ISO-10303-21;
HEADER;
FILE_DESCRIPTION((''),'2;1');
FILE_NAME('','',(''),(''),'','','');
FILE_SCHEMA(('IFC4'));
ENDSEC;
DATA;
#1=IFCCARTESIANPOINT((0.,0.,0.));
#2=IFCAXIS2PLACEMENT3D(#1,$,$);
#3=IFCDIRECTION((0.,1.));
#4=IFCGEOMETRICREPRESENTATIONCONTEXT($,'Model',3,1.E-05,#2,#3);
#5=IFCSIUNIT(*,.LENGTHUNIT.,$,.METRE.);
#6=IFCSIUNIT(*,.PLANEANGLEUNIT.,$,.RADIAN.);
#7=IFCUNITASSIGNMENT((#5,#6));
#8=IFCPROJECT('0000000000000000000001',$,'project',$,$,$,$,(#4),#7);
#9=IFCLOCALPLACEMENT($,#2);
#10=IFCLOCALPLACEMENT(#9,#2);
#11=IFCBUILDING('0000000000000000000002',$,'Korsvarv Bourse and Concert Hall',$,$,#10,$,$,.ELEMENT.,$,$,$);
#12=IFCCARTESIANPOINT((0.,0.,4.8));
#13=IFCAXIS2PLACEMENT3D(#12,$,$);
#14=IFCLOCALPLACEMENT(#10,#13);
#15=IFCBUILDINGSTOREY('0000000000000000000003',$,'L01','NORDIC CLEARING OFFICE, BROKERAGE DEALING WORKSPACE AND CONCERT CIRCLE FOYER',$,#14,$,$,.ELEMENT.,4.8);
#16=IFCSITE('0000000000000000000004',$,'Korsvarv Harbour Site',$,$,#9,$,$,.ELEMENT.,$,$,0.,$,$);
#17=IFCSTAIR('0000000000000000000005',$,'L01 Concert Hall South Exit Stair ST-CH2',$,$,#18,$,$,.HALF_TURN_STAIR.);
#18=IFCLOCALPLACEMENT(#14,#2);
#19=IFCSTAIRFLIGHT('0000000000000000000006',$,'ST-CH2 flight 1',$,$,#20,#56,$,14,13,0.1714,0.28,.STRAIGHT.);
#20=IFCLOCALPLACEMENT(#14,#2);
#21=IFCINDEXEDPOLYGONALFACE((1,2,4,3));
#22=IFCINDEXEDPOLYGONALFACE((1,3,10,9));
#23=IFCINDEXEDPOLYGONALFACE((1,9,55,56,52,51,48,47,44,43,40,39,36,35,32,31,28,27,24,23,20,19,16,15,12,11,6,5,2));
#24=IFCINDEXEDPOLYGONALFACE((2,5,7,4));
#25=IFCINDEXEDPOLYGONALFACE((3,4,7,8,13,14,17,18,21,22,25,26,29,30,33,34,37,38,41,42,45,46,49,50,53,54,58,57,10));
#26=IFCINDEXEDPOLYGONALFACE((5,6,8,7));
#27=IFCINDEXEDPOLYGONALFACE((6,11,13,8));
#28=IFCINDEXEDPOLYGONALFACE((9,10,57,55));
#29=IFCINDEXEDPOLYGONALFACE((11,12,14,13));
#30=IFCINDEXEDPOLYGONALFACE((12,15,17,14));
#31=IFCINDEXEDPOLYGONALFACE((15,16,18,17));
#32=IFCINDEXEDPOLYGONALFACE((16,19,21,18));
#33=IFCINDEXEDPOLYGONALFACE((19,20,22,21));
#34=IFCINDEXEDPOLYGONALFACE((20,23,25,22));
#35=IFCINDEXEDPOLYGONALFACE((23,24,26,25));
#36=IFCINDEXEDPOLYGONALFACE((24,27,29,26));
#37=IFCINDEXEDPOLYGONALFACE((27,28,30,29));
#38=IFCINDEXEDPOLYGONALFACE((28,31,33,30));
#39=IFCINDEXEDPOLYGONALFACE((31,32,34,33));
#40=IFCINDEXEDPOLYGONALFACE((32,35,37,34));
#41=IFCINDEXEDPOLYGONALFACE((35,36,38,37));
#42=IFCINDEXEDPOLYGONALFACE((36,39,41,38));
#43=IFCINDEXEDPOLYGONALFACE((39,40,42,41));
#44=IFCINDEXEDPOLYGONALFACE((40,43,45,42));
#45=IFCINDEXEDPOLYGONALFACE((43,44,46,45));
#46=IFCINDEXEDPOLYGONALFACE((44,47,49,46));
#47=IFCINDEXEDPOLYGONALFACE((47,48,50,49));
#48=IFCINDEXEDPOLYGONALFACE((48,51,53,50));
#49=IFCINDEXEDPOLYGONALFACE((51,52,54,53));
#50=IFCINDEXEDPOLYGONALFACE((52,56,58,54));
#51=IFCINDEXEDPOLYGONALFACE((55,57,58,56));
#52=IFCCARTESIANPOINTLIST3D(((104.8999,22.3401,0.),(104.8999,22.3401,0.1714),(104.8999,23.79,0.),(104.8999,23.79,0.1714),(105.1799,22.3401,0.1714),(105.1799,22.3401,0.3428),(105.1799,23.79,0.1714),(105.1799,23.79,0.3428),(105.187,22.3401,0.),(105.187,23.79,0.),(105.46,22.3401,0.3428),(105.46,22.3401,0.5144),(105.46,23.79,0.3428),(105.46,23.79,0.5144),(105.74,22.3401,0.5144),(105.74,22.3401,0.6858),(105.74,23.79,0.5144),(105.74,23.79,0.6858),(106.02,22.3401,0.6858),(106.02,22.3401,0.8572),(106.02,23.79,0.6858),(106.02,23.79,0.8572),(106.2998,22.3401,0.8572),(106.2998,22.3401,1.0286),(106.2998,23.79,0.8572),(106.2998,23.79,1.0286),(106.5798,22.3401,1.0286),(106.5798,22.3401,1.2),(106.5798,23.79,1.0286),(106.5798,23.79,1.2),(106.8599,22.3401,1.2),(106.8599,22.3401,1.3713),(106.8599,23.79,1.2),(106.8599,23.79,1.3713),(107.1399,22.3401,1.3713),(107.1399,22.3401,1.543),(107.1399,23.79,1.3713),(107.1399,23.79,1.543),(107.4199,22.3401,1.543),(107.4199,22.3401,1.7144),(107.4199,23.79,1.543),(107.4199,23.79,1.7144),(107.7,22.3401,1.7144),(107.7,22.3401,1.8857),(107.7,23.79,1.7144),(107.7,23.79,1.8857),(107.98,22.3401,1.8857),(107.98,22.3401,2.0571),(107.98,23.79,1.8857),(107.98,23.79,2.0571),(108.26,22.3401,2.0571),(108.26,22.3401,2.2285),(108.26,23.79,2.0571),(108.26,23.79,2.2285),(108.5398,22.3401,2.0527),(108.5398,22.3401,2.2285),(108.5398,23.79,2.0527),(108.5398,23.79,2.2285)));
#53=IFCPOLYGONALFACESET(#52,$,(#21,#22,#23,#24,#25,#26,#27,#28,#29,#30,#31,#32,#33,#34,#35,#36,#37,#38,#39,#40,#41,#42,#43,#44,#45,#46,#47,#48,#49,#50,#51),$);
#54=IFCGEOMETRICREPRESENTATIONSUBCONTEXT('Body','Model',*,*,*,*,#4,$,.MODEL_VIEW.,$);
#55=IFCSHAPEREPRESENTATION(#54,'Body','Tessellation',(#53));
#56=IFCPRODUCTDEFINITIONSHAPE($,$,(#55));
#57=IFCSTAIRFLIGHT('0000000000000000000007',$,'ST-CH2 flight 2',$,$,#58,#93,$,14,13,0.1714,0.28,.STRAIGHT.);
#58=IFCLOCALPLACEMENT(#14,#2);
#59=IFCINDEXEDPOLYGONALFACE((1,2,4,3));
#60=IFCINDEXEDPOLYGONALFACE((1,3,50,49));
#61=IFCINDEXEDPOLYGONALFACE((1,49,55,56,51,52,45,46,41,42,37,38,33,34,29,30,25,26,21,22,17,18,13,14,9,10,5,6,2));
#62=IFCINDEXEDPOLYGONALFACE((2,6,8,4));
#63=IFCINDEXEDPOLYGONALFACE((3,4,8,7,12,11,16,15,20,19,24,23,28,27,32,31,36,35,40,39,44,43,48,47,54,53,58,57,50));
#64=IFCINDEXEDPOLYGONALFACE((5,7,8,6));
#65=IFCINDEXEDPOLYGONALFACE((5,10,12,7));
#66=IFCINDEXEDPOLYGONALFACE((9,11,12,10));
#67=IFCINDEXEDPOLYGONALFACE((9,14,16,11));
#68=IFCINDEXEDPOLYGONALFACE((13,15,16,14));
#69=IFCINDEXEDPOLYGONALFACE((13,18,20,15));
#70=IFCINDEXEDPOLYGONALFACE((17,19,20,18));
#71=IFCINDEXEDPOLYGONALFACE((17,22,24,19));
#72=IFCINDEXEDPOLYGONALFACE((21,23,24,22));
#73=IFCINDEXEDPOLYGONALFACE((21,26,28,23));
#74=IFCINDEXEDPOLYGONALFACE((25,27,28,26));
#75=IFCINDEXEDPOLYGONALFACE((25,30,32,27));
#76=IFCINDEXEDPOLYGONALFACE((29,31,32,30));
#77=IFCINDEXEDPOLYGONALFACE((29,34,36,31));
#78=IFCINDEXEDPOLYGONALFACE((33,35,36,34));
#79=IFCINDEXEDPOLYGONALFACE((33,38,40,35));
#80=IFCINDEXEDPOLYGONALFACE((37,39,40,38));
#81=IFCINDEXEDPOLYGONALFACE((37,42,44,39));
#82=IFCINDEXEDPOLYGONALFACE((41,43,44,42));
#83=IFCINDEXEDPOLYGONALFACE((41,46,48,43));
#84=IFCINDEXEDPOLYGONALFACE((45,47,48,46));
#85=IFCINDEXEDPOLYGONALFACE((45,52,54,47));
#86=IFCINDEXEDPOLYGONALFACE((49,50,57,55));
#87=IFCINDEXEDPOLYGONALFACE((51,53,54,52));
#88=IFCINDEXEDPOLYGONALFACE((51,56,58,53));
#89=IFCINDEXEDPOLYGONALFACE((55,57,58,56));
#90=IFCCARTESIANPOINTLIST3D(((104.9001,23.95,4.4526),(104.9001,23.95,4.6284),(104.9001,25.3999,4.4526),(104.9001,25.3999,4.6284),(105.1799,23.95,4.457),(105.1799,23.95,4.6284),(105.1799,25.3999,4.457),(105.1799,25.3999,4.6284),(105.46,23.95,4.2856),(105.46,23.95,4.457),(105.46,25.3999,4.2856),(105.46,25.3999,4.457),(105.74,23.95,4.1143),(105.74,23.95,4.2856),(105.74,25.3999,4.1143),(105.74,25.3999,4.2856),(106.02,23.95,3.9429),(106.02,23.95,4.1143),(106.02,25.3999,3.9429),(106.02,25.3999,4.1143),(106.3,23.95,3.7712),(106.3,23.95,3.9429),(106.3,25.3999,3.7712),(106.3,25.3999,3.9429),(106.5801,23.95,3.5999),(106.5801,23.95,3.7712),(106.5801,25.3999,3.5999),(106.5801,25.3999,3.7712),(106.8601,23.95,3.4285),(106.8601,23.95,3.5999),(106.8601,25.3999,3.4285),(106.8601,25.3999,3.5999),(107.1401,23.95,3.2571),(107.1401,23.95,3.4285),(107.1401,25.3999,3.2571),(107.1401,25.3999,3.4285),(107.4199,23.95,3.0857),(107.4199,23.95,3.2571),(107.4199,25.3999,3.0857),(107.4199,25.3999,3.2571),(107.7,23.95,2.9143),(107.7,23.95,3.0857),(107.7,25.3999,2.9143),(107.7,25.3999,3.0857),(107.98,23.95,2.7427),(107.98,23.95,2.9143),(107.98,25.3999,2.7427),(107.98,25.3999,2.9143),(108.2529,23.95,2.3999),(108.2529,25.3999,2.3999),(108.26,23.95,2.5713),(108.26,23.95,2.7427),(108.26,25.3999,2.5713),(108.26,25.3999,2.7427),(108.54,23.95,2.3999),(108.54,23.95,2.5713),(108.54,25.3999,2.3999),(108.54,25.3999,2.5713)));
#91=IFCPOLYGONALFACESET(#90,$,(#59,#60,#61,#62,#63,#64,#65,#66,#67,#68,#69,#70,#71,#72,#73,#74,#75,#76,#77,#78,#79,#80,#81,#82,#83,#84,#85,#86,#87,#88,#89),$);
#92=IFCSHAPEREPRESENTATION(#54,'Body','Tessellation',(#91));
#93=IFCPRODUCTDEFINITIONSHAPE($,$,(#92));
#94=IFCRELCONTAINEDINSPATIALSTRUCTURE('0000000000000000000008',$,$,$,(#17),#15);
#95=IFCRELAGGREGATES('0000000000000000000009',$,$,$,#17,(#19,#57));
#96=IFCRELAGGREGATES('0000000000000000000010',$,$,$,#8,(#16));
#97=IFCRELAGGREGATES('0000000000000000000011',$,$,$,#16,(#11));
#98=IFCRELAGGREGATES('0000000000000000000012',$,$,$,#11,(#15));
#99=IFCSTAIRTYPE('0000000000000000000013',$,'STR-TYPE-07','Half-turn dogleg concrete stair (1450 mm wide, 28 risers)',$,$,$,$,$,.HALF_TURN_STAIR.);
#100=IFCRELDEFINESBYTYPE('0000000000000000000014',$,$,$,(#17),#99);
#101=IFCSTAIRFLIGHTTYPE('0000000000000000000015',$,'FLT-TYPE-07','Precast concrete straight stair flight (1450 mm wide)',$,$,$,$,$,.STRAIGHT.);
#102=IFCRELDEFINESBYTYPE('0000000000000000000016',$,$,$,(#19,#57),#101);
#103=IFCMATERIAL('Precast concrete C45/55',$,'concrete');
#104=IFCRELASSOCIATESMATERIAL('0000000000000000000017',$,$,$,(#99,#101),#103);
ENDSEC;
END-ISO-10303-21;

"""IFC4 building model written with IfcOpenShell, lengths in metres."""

from ifc_helpers import new_model, si_unit, direction, frame, origin, place, context, subcontext, project, spatial, polyline, outline, extrude, material, type_object, element, aggregate, save


model = new_model("IFC4")

# Units and contexts
model_context = context("Model", 3, precision=1e-05, world=origin(), true_north=direction((0.0, 1.0)))
body_context = subcontext(model_context, "Body", "Model", "MODEL_VIEW")
ifc_project = project(units=[si_unit("LENGTHUNIT", "METRE"), si_unit("PLANEANGLEUNIT", "RADIAN")], contexts=[model_context])

# Site, building, storey
site_placement = place(None, origin())
site = spatial("IfcSite", under=ifc_project, at=site_placement, Name="Korsvarv Harbour Site", CompositionType="ELEMENT", RefElevation=0.0)
building_placement = place(site_placement, origin())
building = spatial("IfcBuilding", under=site, at=building_placement, Name="Korsvarv Bourse and Concert Hall", CompositionType="ELEMENT")
storey_placement = place(building_placement, frame((0.0, 0.0, 4.8)))
storey = spatial("IfcBuildingStorey", under=building, at=storey_placement, Name="L01", Description="NORDIC CLEARING OFFICE, BROKERAGE DEALING WORKSPACE AND CONCERT CIRCLE FOYER", CompositionType="ELEMENT", Elevation=4.8)

# Stair, stair flights
ifc_material_1 = material(Name="Precast concrete C45/55", Category="concrete")
stair_type = type_object("IfcStairType", Name="STR-TYPE-07", Description="Half-turn dogleg concrete stair (1450 mm wide, 28 risers)", PredefinedType="HALF_TURN_STAIR", material=ifc_material_1)
stair_placement = place(storey_placement, origin())
stair = element("IfcStair", 1, at=stair_placement, inside=storey, type_object=stair_type, Name="L01 Concert Hall South Exit Stair ST-CH2", PredefinedType="HALF_TURN_STAIR")
stair_flight_type = type_object("IfcStairFlightType", Name="FLT-TYPE-07", Description="Precast concrete straight stair flight (1450 mm wide)", PredefinedType="STRAIGHT", material=ifc_material_1)
stair_flight_1_placement = place(storey_placement, frame((104.8999, 23.0649, 0.0), z_axis=(0.0, 0.0, 1.0), x_axis=(1.0, 0.0, 0.0)))
stair_flight_1 = element("IfcStairFlight", 2, at=stair_flight_1_placement, type_object=stair_flight_type, Name="ST-CH2 flight 1", NumberOfRisers=14, NumberOfTreads=13, PredefinedType="STRAIGHT", RiserHeight=0.1714, TreadLength=0.28, context=body_context, shape_type="SweptSolid", body=[
    extrude(outline(polyline([(0.0, 0.0), (0.0, 0.1714), (0.28, 0.1714), (0.28, 0.3428), (0.5601, 0.3428), (0.5601, 0.5144), (0.8401, 0.5144), (0.8401, 0.6858), (1.1201, 0.6858), (1.1201, 0.8572), (1.3999, 0.8572), (1.3999, 1.0286), (1.6799, 1.0286), (1.6799, 1.2), (1.96, 1.2), (1.96, 1.3713), (2.24, 1.3713), (2.24, 1.543), (2.52, 1.543), (2.52, 1.7144), (2.8, 1.7144), (2.8, 1.8857), (3.0801, 1.8857), (3.0801, 2.0571), (3.3601, 2.0571), (3.3601, 2.2285), (3.6399, 2.2285), (3.6399, 2.3999), (3.6399, 2.0527), (0.2871, 0.0), (0.0, 0.0)])), frame((0.0, 0.7251, 0.0), z_axis=(0.0, -1.0, 0.0), x_axis=(1.0, 0.0, 0.0)), (0.0, 0.0, 1.0), 1.45),
])
stair_flight_2_placement = place(storey_placement, frame((108.54, 24.675, 2.3999), z_axis=(0.0, 0.0, 1.0), x_axis=(-1.0, 0.0, 0.0)))
stair_flight_2 = element("IfcStairFlight", 3, at=stair_flight_2_placement, type_object=stair_flight_type, Name="ST-CH2 flight 2", NumberOfRisers=14, NumberOfTreads=13, PredefinedType="STRAIGHT", RiserHeight=0.1714, TreadLength=0.28, context=body_context, shape_type="SweptSolid", body=[
    extrude(outline(polyline([(0.0, 0.0), (0.0, 0.1714), (0.28, 0.1714), (0.28, 0.3428), (0.5601, 0.3428), (0.5601, 0.5144), (0.8401, 0.5144), (0.8401, 0.6858), (1.1201, 0.6858), (1.1201, 0.8572), (1.3999, 0.8572), (1.3999, 1.0286), (1.6799, 1.0286), (1.6799, 1.2), (1.96, 1.2), (1.96, 1.3713), (2.24, 1.3713), (2.24, 1.543), (2.52, 1.543), (2.52, 1.7144), (2.8, 1.7144), (2.8, 1.8857), (3.0801, 1.8857), (3.0801, 2.0571), (3.3601, 2.0571), (3.3601, 2.2285), (3.6399, 2.2285), (3.6399, 2.3999), (3.6399, 2.0527), (0.2871, 0.0), (0.0, 0.0)])), frame((0.0, 0.7251, 0.0), z_axis=(0.0, -1.0, 0.0), x_axis=(1.0, 0.0, 0.0)), (0.0, 0.0, 1.0), 1.45),
])
aggregate(stair, [stair_flight_1, stair_flight_2])

save(model, "model.ifc")
